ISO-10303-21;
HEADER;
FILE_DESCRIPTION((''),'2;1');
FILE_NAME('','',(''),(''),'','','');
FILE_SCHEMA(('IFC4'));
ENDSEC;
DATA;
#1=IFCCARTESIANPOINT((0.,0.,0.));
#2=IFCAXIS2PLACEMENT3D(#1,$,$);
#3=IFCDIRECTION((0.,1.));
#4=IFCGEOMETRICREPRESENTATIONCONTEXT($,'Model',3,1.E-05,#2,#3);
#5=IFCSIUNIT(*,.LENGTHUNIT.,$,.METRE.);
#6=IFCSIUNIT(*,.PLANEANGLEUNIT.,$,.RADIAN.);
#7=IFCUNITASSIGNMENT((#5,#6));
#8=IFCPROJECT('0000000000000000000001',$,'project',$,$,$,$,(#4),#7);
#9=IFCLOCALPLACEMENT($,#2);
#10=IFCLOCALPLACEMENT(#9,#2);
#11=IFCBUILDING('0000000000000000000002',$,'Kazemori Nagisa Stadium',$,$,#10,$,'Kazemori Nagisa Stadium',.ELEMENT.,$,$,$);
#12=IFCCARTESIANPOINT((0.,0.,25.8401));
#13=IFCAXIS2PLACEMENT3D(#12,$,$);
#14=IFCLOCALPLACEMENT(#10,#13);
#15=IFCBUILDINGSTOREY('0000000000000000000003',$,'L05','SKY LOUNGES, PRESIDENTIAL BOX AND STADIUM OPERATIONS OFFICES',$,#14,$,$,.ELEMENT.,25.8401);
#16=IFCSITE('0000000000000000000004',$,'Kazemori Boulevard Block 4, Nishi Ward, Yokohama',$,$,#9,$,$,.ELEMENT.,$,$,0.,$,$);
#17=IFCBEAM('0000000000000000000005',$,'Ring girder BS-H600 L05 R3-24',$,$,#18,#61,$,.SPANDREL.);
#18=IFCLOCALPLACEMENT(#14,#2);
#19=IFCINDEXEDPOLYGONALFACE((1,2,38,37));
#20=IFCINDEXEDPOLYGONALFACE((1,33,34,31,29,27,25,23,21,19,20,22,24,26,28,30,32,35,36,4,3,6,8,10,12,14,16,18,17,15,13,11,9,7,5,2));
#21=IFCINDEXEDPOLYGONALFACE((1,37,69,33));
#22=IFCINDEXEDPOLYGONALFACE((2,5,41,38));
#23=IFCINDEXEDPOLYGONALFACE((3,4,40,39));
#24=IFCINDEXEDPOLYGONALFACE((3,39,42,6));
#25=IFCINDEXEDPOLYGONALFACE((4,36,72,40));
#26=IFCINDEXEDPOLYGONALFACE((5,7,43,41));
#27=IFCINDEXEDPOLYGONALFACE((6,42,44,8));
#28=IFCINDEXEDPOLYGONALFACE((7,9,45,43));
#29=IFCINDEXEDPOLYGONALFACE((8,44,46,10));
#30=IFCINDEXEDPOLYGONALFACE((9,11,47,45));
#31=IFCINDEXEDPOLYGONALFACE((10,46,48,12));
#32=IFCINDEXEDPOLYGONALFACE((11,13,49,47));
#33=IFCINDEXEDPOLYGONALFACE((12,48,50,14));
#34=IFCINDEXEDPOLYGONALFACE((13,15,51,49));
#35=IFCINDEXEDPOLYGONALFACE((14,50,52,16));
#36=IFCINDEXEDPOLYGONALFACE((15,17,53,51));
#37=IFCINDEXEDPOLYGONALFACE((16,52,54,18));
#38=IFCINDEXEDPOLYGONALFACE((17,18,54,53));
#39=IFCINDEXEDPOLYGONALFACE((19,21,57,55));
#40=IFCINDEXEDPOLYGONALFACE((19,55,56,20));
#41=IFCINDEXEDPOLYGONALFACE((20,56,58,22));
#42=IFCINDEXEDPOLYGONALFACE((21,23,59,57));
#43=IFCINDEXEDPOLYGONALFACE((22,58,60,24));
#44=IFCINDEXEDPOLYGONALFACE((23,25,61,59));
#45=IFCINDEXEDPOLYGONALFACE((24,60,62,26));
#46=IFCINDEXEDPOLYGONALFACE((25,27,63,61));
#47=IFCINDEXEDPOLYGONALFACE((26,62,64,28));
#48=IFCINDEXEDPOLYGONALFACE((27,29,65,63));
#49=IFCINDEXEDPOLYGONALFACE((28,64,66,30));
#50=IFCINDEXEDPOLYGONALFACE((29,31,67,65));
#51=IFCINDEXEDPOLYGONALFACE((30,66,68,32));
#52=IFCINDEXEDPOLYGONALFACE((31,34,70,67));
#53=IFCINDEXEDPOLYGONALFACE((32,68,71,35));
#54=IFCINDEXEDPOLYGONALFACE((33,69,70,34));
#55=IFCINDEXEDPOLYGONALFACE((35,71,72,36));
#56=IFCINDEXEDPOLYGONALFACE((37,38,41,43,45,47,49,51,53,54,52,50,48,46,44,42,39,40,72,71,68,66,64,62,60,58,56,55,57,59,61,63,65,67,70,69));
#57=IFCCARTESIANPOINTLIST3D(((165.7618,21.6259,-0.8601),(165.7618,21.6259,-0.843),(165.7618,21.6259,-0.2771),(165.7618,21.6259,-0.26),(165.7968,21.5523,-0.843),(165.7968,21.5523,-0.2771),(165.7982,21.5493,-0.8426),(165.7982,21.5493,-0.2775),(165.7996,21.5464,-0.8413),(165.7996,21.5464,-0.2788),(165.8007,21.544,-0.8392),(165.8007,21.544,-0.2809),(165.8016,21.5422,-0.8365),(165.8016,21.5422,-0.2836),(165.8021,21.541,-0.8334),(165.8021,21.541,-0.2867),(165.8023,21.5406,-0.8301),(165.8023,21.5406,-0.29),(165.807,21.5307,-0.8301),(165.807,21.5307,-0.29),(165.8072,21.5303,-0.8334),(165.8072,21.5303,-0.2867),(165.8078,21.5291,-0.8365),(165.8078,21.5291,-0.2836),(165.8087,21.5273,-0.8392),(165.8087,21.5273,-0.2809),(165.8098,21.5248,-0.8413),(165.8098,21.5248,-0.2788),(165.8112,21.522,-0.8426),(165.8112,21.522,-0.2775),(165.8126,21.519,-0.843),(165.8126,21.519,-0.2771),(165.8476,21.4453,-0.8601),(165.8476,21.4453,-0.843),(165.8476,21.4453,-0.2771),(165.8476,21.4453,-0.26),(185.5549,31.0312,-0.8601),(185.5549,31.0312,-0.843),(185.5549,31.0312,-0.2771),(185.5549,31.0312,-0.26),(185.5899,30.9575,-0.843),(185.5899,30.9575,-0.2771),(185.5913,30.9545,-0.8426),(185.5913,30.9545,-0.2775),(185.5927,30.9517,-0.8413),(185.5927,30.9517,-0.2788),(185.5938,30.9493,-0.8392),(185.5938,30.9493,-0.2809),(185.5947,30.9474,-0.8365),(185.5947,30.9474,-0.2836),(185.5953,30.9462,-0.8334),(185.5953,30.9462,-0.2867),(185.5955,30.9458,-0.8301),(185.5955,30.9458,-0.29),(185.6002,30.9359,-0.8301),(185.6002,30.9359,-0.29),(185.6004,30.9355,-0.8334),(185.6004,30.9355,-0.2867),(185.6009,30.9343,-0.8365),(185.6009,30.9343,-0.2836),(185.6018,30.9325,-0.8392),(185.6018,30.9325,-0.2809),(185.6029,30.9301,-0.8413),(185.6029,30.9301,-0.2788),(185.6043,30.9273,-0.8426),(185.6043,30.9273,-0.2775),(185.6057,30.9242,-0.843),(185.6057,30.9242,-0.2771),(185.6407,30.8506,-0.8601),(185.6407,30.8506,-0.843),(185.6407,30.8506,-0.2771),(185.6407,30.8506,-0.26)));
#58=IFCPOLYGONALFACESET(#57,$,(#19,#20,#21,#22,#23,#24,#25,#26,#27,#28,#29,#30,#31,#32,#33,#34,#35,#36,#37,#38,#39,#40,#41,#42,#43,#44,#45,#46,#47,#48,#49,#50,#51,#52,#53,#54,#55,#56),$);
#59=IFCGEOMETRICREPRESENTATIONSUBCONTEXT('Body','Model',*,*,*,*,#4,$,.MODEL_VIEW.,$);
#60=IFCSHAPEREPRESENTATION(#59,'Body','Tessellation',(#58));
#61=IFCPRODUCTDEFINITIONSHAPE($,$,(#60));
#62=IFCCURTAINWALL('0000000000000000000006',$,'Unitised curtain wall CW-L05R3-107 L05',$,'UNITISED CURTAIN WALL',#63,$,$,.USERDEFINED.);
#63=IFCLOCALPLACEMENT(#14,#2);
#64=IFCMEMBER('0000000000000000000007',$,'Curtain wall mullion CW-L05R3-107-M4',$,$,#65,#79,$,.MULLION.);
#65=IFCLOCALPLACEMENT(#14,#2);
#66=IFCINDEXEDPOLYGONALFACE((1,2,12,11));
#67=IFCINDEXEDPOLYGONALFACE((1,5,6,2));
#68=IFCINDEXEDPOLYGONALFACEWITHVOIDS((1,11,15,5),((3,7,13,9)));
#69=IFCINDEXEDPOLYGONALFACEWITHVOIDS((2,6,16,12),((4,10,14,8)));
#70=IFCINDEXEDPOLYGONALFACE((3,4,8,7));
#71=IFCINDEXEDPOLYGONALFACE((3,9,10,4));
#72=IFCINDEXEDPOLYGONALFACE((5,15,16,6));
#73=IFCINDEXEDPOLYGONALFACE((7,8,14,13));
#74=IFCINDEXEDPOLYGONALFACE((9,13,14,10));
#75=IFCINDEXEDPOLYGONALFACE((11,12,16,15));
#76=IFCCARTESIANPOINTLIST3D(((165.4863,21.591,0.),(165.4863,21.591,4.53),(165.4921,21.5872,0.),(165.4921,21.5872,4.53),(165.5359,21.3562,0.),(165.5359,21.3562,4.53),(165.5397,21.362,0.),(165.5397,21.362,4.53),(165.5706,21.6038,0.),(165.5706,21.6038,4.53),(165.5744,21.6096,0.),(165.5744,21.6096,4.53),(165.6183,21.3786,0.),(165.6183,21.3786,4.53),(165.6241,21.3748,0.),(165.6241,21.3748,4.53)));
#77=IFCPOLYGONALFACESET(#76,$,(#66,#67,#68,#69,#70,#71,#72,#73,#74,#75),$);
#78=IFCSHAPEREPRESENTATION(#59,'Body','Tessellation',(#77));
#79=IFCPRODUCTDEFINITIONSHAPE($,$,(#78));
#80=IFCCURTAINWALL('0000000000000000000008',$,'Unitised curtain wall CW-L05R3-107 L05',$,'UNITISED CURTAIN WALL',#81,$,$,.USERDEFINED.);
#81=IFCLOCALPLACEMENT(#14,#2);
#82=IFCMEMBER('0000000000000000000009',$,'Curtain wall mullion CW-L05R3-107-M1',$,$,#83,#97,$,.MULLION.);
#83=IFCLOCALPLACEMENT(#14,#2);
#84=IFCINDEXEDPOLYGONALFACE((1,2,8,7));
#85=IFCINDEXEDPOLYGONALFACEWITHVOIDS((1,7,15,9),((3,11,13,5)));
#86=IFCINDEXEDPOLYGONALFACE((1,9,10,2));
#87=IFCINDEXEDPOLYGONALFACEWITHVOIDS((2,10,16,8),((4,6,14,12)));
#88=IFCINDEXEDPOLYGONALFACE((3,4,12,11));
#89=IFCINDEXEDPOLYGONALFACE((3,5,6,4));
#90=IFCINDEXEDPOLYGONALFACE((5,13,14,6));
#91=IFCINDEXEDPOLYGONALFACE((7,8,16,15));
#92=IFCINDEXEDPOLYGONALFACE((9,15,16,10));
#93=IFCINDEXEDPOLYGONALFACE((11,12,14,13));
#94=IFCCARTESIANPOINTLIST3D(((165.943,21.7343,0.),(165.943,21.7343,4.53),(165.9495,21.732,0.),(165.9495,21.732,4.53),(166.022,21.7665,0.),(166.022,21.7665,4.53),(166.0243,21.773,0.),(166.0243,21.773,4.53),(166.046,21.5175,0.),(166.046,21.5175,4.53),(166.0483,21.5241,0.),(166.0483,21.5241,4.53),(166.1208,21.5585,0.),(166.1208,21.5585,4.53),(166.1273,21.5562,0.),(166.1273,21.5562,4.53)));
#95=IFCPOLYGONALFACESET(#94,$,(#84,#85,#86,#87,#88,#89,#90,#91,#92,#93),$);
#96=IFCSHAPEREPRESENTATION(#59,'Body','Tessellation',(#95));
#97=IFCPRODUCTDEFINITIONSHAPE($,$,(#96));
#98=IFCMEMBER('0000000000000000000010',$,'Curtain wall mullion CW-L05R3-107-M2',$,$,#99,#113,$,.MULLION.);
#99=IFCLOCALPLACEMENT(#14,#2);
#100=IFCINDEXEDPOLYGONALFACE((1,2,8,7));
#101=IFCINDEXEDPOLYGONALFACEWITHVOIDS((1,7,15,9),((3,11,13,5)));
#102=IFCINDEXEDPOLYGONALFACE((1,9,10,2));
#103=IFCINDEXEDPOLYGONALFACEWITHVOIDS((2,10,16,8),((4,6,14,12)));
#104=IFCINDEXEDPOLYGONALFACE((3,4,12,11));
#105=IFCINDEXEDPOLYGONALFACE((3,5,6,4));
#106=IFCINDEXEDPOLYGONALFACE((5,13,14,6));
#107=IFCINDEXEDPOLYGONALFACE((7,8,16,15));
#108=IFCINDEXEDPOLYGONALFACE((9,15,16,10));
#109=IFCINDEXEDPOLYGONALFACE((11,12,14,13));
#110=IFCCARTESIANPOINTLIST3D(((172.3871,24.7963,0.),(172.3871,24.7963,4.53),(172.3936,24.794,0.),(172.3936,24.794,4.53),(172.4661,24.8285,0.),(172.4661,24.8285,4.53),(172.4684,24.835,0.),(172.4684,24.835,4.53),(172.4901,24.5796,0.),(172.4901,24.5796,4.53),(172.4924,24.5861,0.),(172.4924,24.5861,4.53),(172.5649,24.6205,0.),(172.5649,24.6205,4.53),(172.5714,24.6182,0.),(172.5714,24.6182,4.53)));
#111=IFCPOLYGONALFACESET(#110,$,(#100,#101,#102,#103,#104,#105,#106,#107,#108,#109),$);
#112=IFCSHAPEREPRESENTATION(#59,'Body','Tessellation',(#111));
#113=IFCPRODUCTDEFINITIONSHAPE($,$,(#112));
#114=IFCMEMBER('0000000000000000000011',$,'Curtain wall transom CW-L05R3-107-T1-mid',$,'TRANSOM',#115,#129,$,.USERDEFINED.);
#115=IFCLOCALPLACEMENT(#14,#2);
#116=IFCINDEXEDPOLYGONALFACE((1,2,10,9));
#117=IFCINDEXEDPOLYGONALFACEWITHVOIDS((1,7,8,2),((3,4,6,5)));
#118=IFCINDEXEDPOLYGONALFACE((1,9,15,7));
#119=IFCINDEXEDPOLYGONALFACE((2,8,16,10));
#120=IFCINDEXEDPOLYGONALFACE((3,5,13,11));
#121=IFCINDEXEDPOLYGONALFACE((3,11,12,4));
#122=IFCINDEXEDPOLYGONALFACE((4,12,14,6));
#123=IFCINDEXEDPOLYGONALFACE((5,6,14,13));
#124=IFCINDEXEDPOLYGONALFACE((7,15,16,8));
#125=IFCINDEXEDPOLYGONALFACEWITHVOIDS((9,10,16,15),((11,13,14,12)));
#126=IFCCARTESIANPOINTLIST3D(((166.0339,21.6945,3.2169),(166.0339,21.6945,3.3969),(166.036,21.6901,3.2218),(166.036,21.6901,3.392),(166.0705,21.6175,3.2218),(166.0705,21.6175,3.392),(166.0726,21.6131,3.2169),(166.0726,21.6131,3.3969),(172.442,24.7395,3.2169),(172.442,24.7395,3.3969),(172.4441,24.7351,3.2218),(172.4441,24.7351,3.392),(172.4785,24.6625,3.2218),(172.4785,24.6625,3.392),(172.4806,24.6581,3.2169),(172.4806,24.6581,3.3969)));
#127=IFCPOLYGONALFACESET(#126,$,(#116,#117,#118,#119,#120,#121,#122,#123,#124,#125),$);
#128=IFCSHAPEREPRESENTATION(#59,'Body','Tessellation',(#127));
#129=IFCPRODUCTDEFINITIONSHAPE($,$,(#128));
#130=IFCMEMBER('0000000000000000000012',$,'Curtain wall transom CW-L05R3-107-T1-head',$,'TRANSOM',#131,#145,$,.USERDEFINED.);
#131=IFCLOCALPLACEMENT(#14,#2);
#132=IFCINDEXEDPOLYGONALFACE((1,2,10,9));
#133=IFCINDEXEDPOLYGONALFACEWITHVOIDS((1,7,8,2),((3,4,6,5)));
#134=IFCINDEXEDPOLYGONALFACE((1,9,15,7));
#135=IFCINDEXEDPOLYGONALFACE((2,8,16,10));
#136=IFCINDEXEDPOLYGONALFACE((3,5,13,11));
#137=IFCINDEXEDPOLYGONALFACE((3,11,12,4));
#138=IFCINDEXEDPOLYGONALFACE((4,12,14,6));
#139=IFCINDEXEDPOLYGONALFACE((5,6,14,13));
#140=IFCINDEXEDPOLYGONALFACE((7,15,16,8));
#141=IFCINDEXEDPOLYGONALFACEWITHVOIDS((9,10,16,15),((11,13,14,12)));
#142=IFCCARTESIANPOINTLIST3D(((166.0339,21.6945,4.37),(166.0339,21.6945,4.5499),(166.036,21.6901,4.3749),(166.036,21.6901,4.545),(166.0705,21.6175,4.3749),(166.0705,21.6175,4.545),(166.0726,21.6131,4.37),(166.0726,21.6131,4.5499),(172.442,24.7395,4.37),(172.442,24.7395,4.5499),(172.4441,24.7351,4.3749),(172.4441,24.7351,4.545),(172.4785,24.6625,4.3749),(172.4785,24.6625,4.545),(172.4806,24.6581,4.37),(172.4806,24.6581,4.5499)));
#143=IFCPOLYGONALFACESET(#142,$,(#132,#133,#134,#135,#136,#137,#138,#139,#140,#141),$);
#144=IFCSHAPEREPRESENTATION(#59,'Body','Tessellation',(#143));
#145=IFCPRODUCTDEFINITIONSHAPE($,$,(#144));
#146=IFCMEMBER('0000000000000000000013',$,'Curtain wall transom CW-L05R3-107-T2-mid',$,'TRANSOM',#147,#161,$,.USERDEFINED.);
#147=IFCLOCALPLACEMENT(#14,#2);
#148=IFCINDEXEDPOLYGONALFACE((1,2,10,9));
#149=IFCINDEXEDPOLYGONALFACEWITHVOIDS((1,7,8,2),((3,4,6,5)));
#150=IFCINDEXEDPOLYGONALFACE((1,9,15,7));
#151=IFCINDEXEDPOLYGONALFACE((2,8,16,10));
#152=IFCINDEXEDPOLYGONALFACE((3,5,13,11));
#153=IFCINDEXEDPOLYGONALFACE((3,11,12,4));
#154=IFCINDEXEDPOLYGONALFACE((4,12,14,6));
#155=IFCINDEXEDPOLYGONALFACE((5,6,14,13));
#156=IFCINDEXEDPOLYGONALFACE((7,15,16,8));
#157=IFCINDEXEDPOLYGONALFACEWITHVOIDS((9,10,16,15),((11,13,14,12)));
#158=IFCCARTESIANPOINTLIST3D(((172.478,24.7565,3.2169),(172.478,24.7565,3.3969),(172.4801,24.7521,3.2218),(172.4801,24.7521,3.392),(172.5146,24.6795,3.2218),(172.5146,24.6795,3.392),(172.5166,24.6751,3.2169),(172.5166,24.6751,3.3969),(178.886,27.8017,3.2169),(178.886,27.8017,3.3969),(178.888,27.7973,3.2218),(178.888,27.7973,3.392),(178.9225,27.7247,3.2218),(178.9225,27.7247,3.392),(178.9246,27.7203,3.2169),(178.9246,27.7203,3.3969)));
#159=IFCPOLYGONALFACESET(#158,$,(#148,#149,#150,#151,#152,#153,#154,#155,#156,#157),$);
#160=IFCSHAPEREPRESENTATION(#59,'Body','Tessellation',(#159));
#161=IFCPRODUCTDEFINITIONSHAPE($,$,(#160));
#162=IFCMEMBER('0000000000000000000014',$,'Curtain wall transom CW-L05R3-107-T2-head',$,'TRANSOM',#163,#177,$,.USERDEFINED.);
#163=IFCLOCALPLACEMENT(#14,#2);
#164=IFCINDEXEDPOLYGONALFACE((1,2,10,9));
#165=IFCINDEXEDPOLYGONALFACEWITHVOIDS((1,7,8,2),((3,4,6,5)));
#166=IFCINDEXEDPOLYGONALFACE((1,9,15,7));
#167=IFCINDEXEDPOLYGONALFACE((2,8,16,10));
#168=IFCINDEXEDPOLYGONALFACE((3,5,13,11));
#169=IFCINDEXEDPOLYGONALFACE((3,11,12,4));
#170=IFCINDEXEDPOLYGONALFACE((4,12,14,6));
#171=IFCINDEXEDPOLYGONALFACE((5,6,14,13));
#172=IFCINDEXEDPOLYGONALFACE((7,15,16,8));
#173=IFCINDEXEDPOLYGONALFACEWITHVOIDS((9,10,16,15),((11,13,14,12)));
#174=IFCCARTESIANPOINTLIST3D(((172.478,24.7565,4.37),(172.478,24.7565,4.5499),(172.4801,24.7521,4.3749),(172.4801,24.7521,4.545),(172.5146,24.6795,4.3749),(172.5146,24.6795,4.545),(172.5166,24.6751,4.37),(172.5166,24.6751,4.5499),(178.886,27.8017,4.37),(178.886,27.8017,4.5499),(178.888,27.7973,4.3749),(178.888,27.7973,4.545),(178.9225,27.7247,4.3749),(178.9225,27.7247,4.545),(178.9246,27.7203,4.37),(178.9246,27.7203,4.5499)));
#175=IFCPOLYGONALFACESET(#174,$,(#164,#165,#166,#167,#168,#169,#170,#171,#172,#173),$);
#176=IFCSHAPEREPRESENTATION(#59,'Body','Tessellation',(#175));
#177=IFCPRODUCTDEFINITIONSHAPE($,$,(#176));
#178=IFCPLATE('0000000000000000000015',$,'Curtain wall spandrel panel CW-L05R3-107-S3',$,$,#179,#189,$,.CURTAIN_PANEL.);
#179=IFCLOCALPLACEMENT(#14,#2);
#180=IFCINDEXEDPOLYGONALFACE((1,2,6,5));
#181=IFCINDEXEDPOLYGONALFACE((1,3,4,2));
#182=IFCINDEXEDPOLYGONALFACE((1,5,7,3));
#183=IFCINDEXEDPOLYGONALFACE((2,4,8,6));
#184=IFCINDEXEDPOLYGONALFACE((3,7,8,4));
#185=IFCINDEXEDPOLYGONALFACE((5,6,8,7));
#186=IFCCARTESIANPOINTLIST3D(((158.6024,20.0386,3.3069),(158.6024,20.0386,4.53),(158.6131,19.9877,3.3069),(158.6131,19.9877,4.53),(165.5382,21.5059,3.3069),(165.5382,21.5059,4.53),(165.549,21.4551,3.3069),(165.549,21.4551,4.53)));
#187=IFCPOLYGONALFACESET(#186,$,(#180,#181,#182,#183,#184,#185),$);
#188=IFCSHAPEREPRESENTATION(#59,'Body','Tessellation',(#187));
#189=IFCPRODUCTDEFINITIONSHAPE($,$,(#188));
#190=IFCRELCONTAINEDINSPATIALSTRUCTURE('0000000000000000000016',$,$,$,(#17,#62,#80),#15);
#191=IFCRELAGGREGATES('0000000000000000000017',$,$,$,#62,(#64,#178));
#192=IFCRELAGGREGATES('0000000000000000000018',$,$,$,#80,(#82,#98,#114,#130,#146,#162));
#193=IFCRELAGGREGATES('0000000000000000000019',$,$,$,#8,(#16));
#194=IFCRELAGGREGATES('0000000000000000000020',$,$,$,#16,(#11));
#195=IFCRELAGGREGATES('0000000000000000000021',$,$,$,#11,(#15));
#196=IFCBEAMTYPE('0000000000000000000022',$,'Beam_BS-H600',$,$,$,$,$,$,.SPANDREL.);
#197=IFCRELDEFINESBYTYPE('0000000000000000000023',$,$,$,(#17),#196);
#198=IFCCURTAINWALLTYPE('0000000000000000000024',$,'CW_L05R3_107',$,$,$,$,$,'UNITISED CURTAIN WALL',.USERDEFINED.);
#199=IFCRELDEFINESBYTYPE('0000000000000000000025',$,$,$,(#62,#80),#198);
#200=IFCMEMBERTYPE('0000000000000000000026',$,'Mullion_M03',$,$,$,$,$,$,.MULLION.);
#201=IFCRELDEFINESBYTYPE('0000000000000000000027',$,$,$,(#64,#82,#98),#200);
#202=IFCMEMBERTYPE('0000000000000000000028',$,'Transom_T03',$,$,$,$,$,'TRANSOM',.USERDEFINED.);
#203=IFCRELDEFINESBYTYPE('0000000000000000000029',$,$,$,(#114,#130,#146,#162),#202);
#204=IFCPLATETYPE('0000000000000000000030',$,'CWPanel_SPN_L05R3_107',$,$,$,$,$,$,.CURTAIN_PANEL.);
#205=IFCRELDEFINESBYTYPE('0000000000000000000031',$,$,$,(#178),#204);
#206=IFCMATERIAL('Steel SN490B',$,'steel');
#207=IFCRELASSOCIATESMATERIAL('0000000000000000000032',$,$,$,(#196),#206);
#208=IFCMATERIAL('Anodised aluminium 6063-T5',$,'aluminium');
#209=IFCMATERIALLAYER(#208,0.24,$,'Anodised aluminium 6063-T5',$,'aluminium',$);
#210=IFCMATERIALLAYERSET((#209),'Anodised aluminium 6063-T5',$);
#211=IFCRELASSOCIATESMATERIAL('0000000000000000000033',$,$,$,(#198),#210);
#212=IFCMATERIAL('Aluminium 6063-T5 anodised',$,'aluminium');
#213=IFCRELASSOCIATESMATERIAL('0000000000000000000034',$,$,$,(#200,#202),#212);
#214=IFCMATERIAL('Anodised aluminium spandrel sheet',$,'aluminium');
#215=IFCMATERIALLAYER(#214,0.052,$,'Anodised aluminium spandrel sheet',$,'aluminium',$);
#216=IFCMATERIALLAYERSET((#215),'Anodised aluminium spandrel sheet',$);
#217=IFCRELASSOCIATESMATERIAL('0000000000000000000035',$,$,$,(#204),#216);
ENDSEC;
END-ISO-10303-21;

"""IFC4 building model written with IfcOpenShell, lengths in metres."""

from ifc_helpers import new_model, si_unit, direction, frame, origin, origin_2d, place, context, subcontext, project, spatial, rectangle, hollow_rectangle, i_section, extrude, material, layer, layer_set, material_profile, profile_set, type_object, element, aggregate, save


model = new_model("IFC4")

# Units and contexts
model_context = context("Model", 3, precision=1e-05, world=origin(), true_north=direction((0.0, 1.0)))
body_context = subcontext(model_context, "Body", "Model", "MODEL_VIEW")
ifc_project = project(units=[si_unit("LENGTHUNIT", "METRE"), si_unit("PLANEANGLEUNIT", "RADIAN")], contexts=[model_context])

# Site, building, storey
site_placement = place(None, origin())
site = spatial("IfcSite", under=ifc_project, at=site_placement, Name="Kazemori Boulevard Block 4, Nishi Ward, Yokohama", CompositionType="ELEMENT", RefElevation=0.0)
building_placement = place(site_placement, origin())
building = spatial("IfcBuilding", under=site, at=building_placement, Name="Kazemori Nagisa Stadium", LongName="Kazemori Nagisa Stadium", CompositionType="ELEMENT")
storey_placement = place(building_placement, frame((0.0, 0.0, 25.8401)))
storey = spatial("IfcBuildingStorey", under=building, at=storey_placement, Name="L05", Description="SKY LOUNGES, PRESIDENTIAL BOX AND STADIUM OPERATIONS OFFICES", CompositionType="ELEMENT", Elevation=25.8401)

# Beam
ifc_material_1 = material(Name="Steel SN490B", Category="steel")
ifc_material_profile_1 = material_profile(ifc_material_1, i_section(OverallWidth=0.2, OverallDepth=0.6001, WebThickness=0.011, FlangeThickness=0.0171, FilletRadius=0.0129, at=origin_2d()), Name="H-600x200x11x17")
ifc_profile_set_1 = profile_set([ifc_material_profile_1], Name="Steel SN490B")
beam_type_1 = type_object("IfcBeamType", Name="Beam_BS-H600", PredefinedType="SPANDREL", material=ifc_profile_set_1)
beam_1_placement = place(storey_placement, frame((165.8047, 21.5356, -0.5601), z_axis=(0.903216, 0.429187, 0.0), x_axis=(-0.429187, 0.903216, 0.0)))
element("IfcBeam", 1, at=beam_1_placement, inside=storey, type_object=beam_type_1, Name="Ring girder BS-H600 L05 R3-24", PredefinedType="SPANDREL", context=body_context, shape_type="SweptSolid", body=[
    extrude(i_section(OverallWidth=0.2, OverallDepth=0.6001, WebThickness=0.011, FlangeThickness=0.0171, FilletRadius=0.0129, at=origin_2d()), origin(), (0.0, 0.0, 1.0), 21.9141),
])

# Curtain wall, member
ifc_material_2 = material(Name="Anodised aluminium 6063-T5", Category="aluminium")
ifc_layer_1 = layer(ifc_material_2, 0.24, Name="Anodised aluminium 6063-T5", Category="aluminium")
ifc_layer_set_1 = layer_set([ifc_layer_1], Name="Anodised aluminium 6063-T5")
curtain_wall_type = type_object("IfcCurtainWallType", Name="CW_L05R3_107", ElementType="UNITISED CURTAIN WALL", PredefinedType="USERDEFINED", material=ifc_layer_set_1)
curtain_wall_1_placement = place(storey_placement, origin())
curtain_wall_1 = element("IfcCurtainWall", 2, at=curtain_wall_1_placement, inside=storey, type_object=curtain_wall_type, Name="Unitised curtain wall CW-L05R3-107 L05", ObjectType="UNITISED CURTAIN WALL", PredefinedType="USERDEFINED")
ifc_material_3 = material(Name="Aluminium 6063-T5 anodised", Category="aluminium")
ifc_material_profile_2 = material_profile(ifc_material_3, hollow_rectangle(XDim=0.0901, YDim=0.24, WallThickness=0.0049, at=origin_2d()), Name="ALU-MULL-90x240x5")
ifc_profile_set_2 = profile_set([ifc_material_profile_2], Name="Aluminium 6063-T5 anodised")
member_type_1 = type_object("IfcMemberType", Name="Mullion_M03", PredefinedType="MULLION", material=ifc_profile_set_2)
member_1_placement = place(storey_placement, frame((165.5552, 21.4829, 0.0), z_axis=(0.0, 0.0, 1.0), x_axis=(0.978345, 0.206981, 0.0)))
member_1 = element("IfcMember", 3, at=member_1_placement, type_object=member_type_1, Name="Curtain wall mullion CW-L05R3-107-M4", PredefinedType="MULLION", context=body_context, shape_type="SweptSolid", body=[
    extrude(hollow_rectangle(XDim=0.0901, YDim=0.24, WallThickness=0.0049, at=origin_2d()), origin(), (0.0, 0.0, 1.0), 4.53),
])

# Curtain wall, members
curtain_wall_2_placement = place(storey_placement, origin())
curtain_wall_2 = element("IfcCurtainWall", 4, at=curtain_wall_2_placement, inside=storey, type_object=curtain_wall_type, Name="Unitised curtain wall CW-L05R3-107 L05", ObjectType="UNITISED CURTAIN WALL", PredefinedType="USERDEFINED")
member_2_placement = place(storey_placement, frame((166.0352, 21.6453, 0.0), z_axis=(0.0, 0.0, 1.0), x_axis=(0.903216, 0.429186, 0.0)))
member_2 = element("IfcMember", 5, at=member_2_placement, type_object=member_type_1, Name="Curtain wall mullion CW-L05R3-107-M1", PredefinedType="MULLION", context=body_context, shape_type="SweptSolid", body=[
    extrude(hollow_rectangle(XDim=0.0901, YDim=0.24, WallThickness=0.0049, at=origin_2d()), origin(), (0.0, 0.0, 1.0), 4.53),
])
member_3_placement = place(storey_placement, frame((172.4792, 24.7073, 0.0), z_axis=(0.0, 0.0, 1.0), x_axis=(0.903216, 0.429186, 0.0)))
member_3 = element("IfcMember", 6, at=member_3_placement, type_object=member_type_1, Name="Curtain wall mullion CW-L05R3-107-M2", PredefinedType="MULLION", context=body_context, shape_type="SweptSolid", body=[
    extrude(hollow_rectangle(XDim=0.0901, YDim=0.24, WallThickness=0.0049, at=origin_2d()), origin(), (0.0, 0.0, 1.0), 4.53),
])
ifc_material_profile_3 = material_profile(ifc_material_3, hollow_rectangle(XDim=0.0901, YDim=0.1799, WallThickness=0.0049, at=origin_2d()), Name="ALU-TRAN-90x180x5")
ifc_profile_set_3 = profile_set([ifc_material_profile_3], Name="Aluminium 6063-T5 anodised")
member_type_2 = type_object("IfcMemberType", Name="Transom_T03", ElementType="TRANSOM", PredefinedType="USERDEFINED", material=ifc_profile_set_3)
member_4_placement = place(storey_placement, frame((166.0532, 21.6538, 3.3069), z_axis=(0.903215, 0.429188, 0.0), x_axis=(-0.429188, 0.903215, 0.0)))
member_4 = element("IfcMember", 7, at=member_4_placement, type_object=member_type_2, Name="Curtain wall transom CW-L05R3-107-T1-mid", ObjectType="TRANSOM", PredefinedType="USERDEFINED", context=body_context, shape_type="SweptSolid", body=[
    extrude(hollow_rectangle(XDim=0.0901, YDim=0.1799, WallThickness=0.0049, at=origin_2d()), origin(), (0.0, 0.0, 1.0), 7.0947),
])
member_5_placement = place(storey_placement, frame((166.0532, 21.6538, 4.46), z_axis=(0.903215, 0.429188, 0.0), x_axis=(-0.429188, 0.903215, 0.0)))
member_5 = element("IfcMember", 8, at=member_5_placement, type_object=member_type_2, Name="Curtain wall transom CW-L05R3-107-T1-head", ObjectType="TRANSOM", PredefinedType="USERDEFINED", context=body_context, shape_type="SweptSolid", body=[
    extrude(hollow_rectangle(XDim=0.0901, YDim=0.1799, WallThickness=0.0049, at=origin_2d()), origin(), (0.0, 0.0, 1.0), 7.0947),
])
member_6_placement = place(storey_placement, frame((172.4973, 24.7158, 3.3069), z_axis=(0.903202, 0.429216, 0.0), x_axis=(-0.429216, 0.903202, 0.0)))
member_6 = element("IfcMember", 9, at=member_6_placement, type_object=member_type_2, Name="Curtain wall transom CW-L05R3-107-T2-mid", ObjectType="TRANSOM", PredefinedType="USERDEFINED", context=body_context, shape_type="SweptSolid", body=[
    extrude(hollow_rectangle(XDim=0.0901, YDim=0.1799, WallThickness=0.0049, at=origin_2d()), origin(), (0.0, 0.0, 1.0), 7.0947),
])
member_7_placement = place(storey_placement, frame((172.4973, 24.7158, 4.46), z_axis=(0.903202, 0.429216, 0.0), x_axis=(-0.429216, 0.903202, 0.0)))
member_7 = element("IfcMember", 10, at=member_7_placement, type_object=member_type_2, Name="Curtain wall transom CW-L05R3-107-T2-head", ObjectType="TRANSOM", PredefinedType="USERDEFINED", context=body_context, shape_type="SweptSolid", body=[
    extrude(hollow_rectangle(XDim=0.0901, YDim=0.1799, WallThickness=0.0049, at=origin_2d()), origin(), (0.0, 0.0, 1.0), 7.0947),
])

# Plate
ifc_material_4 = material(Name="Anodised aluminium spandrel sheet", Category="aluminium")
ifc_layer_2 = layer(ifc_material_4, 0.052, Name="Anodised aluminium spandrel sheet", Category="aluminium")
ifc_layer_set_2 = layer_set([ifc_layer_2], Name="Anodised aluminium spandrel sheet")
plate_type_1 = type_object("IfcPlateType", Name="CWPanel_SPN_L05R3_107", PredefinedType="CURTAIN_PANEL", material=ifc_layer_set_2)
plate_1_placement = place(storey_placement, frame((162.0757, 20.7468, 3.3069), z_axis=(0.0, 0.0, 1.0), x_axis=(0.978345, 0.206981, 0.0)))
plate_1 = element("IfcPlate", 11, at=plate_1_placement, type_object=plate_type_1, Name="Curtain wall spandrel panel CW-L05R3-107-S3", PredefinedType="CURTAIN_PANEL", context=body_context, shape_type="SweptSolid", body=[
    extrude(rectangle(XDim=7.0894, YDim=0.052, at=origin_2d()), origin(), (0.0, 0.0, 1.0), 1.2231),
])
aggregate(curtain_wall_1, [member_1, plate_1])
aggregate(curtain_wall_2, [member_2, member_3, member_4, member_5, member_6, member_7])

save(model, "model.ifc")
